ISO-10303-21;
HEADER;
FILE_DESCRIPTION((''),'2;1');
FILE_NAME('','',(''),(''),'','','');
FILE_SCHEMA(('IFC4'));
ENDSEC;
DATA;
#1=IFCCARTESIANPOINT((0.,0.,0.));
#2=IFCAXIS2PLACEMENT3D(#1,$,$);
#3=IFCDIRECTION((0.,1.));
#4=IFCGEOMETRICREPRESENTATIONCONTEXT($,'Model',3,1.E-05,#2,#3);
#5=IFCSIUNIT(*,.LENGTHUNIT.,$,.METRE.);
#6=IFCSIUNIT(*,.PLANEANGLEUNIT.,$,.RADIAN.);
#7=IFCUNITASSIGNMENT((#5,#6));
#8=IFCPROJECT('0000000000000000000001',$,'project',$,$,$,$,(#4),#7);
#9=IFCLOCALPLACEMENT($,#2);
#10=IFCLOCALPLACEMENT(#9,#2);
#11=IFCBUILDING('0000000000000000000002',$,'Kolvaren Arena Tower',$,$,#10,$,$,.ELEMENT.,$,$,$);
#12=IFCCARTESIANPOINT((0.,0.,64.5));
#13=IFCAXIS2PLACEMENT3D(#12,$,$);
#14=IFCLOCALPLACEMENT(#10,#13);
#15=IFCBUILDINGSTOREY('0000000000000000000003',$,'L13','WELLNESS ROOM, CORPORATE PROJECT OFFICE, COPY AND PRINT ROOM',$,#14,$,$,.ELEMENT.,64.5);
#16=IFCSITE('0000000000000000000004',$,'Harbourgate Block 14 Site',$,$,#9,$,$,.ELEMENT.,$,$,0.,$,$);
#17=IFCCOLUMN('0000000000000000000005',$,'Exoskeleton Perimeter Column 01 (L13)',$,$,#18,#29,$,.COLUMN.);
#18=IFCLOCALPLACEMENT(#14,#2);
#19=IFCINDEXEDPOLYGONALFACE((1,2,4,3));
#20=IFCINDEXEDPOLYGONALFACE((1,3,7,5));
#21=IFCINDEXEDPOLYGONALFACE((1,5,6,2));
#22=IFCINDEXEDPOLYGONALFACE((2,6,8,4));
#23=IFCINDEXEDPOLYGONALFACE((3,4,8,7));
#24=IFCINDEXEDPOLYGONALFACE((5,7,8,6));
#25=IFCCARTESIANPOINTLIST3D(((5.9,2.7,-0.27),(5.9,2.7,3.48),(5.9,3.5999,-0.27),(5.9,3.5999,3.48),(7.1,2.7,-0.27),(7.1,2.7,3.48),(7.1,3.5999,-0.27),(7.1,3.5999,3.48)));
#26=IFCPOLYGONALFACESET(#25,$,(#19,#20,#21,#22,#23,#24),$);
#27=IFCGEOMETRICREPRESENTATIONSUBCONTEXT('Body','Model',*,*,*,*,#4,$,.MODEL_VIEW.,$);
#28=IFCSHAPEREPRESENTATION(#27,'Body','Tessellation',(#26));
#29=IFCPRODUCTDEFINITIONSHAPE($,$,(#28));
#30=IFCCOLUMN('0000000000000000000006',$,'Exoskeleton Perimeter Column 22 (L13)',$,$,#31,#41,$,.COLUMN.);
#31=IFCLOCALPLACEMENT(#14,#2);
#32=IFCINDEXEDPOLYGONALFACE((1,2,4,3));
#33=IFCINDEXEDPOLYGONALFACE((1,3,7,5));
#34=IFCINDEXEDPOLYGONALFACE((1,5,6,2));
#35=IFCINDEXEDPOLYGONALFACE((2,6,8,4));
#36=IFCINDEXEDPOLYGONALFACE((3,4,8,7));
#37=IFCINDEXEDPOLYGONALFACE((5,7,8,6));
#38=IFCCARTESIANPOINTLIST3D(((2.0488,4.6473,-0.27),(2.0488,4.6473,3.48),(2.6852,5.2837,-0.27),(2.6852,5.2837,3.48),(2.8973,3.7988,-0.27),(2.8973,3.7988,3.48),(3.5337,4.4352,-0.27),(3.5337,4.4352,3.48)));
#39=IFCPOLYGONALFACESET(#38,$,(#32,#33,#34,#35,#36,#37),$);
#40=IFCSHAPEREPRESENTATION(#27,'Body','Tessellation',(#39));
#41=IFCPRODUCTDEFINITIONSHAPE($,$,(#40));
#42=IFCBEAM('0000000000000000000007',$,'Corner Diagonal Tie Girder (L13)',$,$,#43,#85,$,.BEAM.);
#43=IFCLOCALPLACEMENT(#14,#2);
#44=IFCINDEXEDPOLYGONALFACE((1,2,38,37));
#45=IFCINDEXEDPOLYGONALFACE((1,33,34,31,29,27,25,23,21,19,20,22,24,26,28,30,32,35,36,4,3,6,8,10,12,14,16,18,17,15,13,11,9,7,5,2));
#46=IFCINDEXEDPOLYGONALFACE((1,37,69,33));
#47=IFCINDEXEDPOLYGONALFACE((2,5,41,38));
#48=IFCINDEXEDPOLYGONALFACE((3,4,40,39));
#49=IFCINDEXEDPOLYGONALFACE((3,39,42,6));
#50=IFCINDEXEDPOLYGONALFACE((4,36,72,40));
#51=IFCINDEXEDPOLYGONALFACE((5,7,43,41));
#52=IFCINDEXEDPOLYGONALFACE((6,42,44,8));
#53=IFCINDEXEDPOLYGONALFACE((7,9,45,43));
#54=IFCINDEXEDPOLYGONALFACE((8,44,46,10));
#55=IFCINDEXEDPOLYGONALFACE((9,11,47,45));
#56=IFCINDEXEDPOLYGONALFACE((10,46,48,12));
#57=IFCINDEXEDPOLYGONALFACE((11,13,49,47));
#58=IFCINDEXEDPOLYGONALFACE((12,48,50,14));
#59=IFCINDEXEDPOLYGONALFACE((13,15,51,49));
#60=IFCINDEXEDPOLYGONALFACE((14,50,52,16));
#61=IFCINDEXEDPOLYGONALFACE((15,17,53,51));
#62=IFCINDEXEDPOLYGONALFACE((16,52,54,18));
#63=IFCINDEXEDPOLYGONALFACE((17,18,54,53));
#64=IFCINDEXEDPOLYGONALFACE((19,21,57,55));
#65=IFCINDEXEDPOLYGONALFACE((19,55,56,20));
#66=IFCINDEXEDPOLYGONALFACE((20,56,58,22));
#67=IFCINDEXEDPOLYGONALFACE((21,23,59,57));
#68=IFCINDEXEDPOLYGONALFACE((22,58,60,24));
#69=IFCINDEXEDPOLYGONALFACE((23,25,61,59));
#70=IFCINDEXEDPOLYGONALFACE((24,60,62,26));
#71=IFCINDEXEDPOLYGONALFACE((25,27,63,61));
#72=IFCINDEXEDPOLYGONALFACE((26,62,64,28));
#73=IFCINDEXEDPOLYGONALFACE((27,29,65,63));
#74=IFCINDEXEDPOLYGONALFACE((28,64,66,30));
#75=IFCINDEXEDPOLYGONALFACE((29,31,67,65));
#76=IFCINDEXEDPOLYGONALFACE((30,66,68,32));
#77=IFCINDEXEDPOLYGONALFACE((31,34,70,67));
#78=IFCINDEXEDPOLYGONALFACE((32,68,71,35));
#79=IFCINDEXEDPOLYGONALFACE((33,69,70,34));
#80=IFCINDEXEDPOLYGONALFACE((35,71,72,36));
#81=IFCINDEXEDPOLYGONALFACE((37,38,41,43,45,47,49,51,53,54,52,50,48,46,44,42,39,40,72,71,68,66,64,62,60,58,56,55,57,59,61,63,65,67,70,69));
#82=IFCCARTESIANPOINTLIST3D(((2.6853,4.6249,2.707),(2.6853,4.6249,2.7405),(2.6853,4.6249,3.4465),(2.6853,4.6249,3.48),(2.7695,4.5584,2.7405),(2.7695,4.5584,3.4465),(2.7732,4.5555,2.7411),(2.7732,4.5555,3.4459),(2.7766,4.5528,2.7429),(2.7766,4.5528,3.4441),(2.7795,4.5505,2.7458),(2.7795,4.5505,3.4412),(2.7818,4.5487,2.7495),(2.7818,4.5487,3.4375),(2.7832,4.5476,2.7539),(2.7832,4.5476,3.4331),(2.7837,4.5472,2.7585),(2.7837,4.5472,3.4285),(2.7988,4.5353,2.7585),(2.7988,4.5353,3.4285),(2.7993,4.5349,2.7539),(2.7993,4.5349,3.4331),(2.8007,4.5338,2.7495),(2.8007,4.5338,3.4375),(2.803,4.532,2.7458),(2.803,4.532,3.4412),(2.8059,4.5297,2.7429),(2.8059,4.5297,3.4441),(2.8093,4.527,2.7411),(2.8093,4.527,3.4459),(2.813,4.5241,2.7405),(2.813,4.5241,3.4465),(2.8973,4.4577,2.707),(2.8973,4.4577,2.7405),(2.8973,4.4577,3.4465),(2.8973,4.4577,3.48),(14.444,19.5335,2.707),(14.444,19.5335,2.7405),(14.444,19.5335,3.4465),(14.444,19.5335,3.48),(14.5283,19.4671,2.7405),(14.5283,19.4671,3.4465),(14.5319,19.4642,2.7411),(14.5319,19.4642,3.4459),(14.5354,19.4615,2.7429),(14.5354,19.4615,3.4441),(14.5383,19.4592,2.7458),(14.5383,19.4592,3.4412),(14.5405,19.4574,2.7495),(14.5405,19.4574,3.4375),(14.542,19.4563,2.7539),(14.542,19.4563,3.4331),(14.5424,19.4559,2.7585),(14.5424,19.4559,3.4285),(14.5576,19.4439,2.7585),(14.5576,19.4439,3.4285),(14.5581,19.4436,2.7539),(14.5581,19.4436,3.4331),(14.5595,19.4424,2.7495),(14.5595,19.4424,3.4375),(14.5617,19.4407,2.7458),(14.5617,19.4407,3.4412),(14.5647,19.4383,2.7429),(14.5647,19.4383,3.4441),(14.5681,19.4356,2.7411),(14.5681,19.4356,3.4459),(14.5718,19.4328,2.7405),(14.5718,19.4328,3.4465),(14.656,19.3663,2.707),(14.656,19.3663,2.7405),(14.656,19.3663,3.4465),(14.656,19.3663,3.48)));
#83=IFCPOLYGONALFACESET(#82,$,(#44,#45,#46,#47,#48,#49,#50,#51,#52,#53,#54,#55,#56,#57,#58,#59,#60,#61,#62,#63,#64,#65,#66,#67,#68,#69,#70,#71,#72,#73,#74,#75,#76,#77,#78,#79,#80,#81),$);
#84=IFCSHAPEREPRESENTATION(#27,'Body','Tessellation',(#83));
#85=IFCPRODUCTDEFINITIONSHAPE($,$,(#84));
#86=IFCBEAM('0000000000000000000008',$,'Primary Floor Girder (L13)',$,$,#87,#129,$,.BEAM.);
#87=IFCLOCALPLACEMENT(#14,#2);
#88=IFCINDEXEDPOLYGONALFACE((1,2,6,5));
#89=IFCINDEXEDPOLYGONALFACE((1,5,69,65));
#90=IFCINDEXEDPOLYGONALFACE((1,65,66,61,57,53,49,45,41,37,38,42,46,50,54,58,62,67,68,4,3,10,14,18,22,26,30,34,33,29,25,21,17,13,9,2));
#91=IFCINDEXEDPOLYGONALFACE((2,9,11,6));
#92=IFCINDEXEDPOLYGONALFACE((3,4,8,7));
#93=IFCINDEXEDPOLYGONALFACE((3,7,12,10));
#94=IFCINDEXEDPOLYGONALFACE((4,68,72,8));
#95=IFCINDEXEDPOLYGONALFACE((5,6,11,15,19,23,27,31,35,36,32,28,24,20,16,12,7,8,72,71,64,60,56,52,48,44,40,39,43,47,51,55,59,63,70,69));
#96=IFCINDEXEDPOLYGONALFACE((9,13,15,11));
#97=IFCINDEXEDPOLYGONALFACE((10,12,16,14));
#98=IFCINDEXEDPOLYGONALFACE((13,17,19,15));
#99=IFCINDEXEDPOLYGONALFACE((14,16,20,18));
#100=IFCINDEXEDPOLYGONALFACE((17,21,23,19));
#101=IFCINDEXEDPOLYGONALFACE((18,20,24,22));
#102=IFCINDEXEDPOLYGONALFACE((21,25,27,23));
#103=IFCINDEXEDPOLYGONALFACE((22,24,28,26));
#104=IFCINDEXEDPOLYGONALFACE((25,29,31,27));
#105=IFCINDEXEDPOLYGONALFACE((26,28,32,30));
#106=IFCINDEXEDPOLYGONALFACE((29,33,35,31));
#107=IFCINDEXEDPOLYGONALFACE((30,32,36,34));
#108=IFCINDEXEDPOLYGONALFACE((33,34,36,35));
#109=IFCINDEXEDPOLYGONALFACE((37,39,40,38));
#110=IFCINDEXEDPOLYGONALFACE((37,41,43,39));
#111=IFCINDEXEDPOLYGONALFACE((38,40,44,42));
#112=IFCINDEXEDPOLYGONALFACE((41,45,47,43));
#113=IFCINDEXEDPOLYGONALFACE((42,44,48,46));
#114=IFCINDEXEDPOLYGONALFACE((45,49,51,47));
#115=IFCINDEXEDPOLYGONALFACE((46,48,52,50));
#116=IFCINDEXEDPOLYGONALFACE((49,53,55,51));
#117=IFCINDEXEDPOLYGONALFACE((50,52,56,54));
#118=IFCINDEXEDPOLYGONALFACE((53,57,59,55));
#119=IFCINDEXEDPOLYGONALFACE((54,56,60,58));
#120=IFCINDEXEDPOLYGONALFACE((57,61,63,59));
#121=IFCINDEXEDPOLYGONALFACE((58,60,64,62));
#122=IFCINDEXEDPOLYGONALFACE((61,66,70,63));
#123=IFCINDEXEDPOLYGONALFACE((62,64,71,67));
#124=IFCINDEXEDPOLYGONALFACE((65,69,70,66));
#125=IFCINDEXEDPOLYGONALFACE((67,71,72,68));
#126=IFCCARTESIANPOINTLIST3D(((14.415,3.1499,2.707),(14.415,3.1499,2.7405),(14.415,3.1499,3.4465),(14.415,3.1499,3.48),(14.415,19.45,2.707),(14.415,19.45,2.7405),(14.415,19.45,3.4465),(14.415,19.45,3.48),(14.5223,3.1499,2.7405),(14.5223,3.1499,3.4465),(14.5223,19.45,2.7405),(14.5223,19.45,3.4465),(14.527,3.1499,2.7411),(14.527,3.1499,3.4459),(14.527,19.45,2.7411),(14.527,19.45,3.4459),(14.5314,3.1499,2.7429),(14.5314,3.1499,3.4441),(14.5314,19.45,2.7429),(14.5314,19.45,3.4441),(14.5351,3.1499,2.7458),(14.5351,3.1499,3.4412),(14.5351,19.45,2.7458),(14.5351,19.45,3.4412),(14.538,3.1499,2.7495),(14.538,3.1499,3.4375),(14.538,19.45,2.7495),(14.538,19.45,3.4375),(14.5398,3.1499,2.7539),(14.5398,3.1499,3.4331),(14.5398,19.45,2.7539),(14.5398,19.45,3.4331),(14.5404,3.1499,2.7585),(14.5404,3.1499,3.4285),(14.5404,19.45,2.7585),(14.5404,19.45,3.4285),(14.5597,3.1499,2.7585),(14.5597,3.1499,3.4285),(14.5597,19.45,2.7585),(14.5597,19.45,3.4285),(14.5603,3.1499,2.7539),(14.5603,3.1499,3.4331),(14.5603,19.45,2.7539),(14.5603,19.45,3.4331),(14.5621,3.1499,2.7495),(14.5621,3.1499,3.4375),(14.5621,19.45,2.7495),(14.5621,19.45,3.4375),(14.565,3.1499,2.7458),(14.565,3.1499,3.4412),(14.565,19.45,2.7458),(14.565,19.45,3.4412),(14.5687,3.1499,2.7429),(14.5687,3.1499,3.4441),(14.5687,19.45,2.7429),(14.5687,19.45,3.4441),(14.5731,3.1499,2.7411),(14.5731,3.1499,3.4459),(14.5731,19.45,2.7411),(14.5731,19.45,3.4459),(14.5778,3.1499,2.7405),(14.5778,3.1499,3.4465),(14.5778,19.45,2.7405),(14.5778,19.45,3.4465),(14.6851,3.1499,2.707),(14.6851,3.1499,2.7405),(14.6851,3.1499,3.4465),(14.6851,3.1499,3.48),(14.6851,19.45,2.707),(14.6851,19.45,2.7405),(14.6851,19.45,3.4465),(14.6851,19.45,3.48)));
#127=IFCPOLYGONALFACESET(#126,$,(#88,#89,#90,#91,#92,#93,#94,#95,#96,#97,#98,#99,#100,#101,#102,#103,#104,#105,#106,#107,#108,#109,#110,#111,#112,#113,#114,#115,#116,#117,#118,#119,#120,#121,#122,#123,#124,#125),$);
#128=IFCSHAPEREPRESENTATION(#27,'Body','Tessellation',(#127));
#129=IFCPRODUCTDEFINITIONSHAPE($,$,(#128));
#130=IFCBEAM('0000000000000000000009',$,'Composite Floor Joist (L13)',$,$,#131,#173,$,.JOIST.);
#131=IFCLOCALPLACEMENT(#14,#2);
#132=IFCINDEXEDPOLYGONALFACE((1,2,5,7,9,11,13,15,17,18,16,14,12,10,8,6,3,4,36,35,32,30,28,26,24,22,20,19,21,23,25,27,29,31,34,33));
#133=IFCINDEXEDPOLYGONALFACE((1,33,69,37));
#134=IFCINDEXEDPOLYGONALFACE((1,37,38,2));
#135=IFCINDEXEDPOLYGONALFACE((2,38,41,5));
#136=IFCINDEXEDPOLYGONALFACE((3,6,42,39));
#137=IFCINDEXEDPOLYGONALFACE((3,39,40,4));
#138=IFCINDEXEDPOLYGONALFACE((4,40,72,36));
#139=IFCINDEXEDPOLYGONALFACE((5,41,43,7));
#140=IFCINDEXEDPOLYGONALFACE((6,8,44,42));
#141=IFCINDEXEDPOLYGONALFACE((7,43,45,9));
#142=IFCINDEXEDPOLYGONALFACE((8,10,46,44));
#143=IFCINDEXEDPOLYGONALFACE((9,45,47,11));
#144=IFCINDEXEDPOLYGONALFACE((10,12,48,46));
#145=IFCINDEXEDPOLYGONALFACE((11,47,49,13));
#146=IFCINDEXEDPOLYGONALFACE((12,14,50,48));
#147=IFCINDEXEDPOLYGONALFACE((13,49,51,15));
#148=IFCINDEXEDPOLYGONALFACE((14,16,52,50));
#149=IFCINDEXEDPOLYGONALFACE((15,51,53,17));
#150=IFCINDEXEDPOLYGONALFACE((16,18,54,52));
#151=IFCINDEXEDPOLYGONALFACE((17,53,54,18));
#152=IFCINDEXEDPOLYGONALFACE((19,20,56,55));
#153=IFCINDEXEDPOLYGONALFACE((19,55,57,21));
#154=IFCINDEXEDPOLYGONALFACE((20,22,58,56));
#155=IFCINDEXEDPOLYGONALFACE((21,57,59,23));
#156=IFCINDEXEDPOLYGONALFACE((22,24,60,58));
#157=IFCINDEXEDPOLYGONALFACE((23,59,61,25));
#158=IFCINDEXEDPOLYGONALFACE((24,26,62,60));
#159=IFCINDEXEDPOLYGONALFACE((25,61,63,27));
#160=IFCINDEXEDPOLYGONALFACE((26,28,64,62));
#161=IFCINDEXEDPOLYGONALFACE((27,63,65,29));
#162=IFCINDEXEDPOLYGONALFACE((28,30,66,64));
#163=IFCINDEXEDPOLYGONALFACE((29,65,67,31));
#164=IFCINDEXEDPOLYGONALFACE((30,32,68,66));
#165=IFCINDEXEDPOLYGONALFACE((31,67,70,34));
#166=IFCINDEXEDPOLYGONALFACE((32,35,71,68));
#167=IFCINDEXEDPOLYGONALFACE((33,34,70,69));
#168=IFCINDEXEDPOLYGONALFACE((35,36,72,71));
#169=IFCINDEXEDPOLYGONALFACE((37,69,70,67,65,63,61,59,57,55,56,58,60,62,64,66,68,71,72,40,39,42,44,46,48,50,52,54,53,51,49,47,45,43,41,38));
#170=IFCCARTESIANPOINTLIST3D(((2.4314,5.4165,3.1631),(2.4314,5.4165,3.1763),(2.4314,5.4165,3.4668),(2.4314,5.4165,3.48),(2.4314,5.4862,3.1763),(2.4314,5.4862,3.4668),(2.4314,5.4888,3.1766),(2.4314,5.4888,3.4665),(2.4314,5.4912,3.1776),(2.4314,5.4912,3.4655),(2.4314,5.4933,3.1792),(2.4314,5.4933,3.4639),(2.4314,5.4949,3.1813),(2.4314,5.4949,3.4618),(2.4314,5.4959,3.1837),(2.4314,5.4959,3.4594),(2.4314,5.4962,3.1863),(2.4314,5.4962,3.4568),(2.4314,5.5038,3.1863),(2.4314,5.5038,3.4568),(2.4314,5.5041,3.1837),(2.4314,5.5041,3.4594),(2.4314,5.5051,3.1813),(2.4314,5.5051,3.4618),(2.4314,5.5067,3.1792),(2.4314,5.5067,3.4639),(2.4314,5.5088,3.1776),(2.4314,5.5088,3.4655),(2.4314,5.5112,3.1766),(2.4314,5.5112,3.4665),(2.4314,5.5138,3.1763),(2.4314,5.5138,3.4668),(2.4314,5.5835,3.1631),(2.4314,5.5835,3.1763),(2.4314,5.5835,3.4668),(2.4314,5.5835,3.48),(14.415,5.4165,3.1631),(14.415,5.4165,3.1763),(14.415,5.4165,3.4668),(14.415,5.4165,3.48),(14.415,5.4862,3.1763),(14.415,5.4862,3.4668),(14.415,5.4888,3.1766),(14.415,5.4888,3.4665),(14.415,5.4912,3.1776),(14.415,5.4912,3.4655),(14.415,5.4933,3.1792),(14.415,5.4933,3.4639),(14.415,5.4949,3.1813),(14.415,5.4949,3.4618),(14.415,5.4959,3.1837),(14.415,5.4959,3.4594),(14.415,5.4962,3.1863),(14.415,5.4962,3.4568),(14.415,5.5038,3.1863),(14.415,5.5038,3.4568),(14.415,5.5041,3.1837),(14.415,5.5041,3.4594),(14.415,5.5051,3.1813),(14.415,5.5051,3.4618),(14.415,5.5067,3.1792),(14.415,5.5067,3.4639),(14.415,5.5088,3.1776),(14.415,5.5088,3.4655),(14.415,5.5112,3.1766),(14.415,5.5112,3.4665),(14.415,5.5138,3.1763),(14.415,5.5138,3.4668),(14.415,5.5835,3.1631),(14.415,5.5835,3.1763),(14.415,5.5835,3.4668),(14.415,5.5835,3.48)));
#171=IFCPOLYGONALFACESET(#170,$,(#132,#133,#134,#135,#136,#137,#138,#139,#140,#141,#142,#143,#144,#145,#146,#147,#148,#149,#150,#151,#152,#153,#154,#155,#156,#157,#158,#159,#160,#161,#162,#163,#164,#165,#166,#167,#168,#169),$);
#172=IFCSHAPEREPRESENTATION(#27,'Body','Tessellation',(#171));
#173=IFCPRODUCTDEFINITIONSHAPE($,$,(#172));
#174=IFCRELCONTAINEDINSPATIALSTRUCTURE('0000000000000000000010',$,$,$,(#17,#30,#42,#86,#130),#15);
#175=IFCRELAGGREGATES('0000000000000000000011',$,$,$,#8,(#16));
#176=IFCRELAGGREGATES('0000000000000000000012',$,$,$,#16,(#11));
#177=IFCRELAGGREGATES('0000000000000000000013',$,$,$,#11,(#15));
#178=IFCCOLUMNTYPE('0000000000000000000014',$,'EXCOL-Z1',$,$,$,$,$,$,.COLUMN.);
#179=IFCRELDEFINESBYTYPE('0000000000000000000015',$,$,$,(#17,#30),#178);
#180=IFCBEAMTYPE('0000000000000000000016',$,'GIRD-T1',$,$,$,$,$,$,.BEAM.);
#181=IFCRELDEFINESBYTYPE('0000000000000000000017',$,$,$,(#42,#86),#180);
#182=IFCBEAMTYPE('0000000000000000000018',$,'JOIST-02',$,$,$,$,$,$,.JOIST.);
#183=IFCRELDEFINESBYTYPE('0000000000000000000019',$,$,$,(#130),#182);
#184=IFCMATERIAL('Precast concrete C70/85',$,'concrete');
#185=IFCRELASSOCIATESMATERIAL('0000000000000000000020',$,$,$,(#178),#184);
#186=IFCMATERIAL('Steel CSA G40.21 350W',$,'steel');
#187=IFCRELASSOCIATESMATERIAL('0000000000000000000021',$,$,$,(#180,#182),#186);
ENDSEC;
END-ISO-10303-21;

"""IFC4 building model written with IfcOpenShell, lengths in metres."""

from ifc_helpers import new_model, si_unit, direction, frame, origin, origin_2d, place, context, subcontext, project, spatial, rectangle, i_section, extrude, material, material_profile, profile_set, type_object, element, save


model = new_model("IFC4")

# Units and contexts
model_context = context("Model", 3, precision=1e-05, world=origin(), true_north=direction((0.0, 1.0)))
body_context = subcontext(model_context, "Body", "Model", "MODEL_VIEW")
ifc_project = project(units=[si_unit("LENGTHUNIT", "METRE"), si_unit("PLANEANGLEUNIT", "RADIAN")], contexts=[model_context])

# Site, building, storey
site_placement = place(None, origin())
site = spatial("IfcSite", under=ifc_project, at=site_placement, Name="Harbourgate Block 14 Site", CompositionType="ELEMENT", RefElevation=0.0)
building_placement = place(site_placement, origin())
building = spatial("IfcBuilding", under=site, at=building_placement, Name="Kolvaren Arena Tower", CompositionType="ELEMENT")
storey_placement = place(building_placement, frame((0.0, 0.0, 64.5)))
storey = spatial("IfcBuildingStorey", under=building, at=storey_placement, Name="L13", Description="WELLNESS ROOM, CORPORATE PROJECT OFFICE, COPY AND PRINT ROOM", CompositionType="ELEMENT", Elevation=64.5)

# Columns
ifc_material_1 = material(Name="Precast concrete C70/85", Category="concrete")
ifc_material_profile_1 = material_profile(ifc_material_1, rectangle(XDim=1.2, YDim=0.8999, at=origin_2d()), Name="RC-1200x900")
ifc_profile_set_1 = profile_set([ifc_material_profile_1], Name="Precast concrete C70/85")
column_type = type_object("IfcColumnType", Name="EXCOL-Z1", PredefinedType="COLUMN", material=ifc_profile_set_1)
for number, where, z_axis, x_axis, name in (
    (1, (6.5, 3.1499, -0.27), (0.0, 0.0, 1.0), (1.0, 0.0, 0.0), "Exoskeleton Perimeter Column 01 (L13)"),
    (2, (2.7913, 4.5413, -0.27), (0.0, 0.0, 1.0), (-0.707107, 0.707107, 0.0), "Exoskeleton Perimeter Column 22 (L13)"),
):
    element("IfcColumn", number, at=place(storey_placement, frame(where, z_axis=z_axis, x_axis=x_axis)), inside=storey, type_object=column_type, Name=name, PredefinedType="COLUMN", context=body_context, shape_type="SweptSolid", body=[
        extrude(rectangle(XDim=1.2, YDim=0.8999, at=origin_2d()), origin(), (0.0, 0.0, 1.0), 3.75),
    ])

# Beams
ifc_material_2 = material(Name="Steel CSA G40.21 350W", Category="steel")
ifc_material_profile_2 = material_profile(ifc_material_2, i_section(OverallWidth=0.27, OverallDepth=0.7729, WebThickness=0.0193, FlangeThickness=0.0334, FilletRadius=0.0181, at=origin_2d()), Name="W760x257")
ifc_profile_set_2 = profile_set([ifc_material_profile_2], Name="Steel CSA G40.21 350W")
beam_type_1 = type_object("IfcBeamType", Name="GIRD-T1", PredefinedType="BEAM", material=ifc_profile_set_2)
beam_1_placement = place(storey_placement, frame((2.7913, 4.5413, 3.0935), z_axis=(0.61928, 0.78517, 0.0), x_axis=(-0.78517, 0.61928, 0.0)))
element("IfcBeam", 3, at=beam_1_placement, inside=storey, type_object=beam_type_1, Name="Corner Diagonal Tie Girder (L13)", PredefinedType="BEAM", context=body_context, shape_type="SweptSolid", body=[
    extrude(i_section(OverallWidth=0.27, OverallDepth=0.7729, WebThickness=0.0193, FlangeThickness=0.0334, FilletRadius=0.0181, at=origin_2d()), origin(), (0.0, 0.0, 1.0), 18.9878),
])
beam_2_placement = place(storey_placement, frame((14.55, 3.1499, 3.0935), z_axis=(0.0, 1.0, 0.0), x_axis=(-1.0, 0.0, 0.0)))
element("IfcBeam", 4, at=beam_2_placement, inside=storey, type_object=beam_type_1, Name="Primary Floor Girder (L13)", PredefinedType="BEAM", context=body_context, shape_type="SweptSolid", body=[
    extrude(i_section(OverallWidth=0.27, OverallDepth=0.7729, WebThickness=0.0193, FlangeThickness=0.0334, FilletRadius=0.0181, at=origin_2d()), origin(), (0.0, 0.0, 1.0), 16.3),
])
ifc_material_profile_3 = material_profile(ifc_material_2, i_section(OverallWidth=0.167, OverallDepth=0.3169, WebThickness=0.0076, FlangeThickness=0.0132, FilletRadius=0.01, at=origin_2d()), Name="W310x52")
ifc_profile_set_3 = profile_set([ifc_material_profile_3], Name="Steel CSA G40.21 350W")
beam_type_2 = type_object("IfcBeamType", Name="JOIST-02", PredefinedType="JOIST", material=ifc_profile_set_3)
beam_3_placement = place(storey_placement, frame((2.4314, 5.5, 3.3215), z_axis=(1.0, 0.0, 0.0), x_axis=(0.0, 1.0, 0.0)))
element("IfcBeam", 5, at=beam_3_placement, inside=storey, type_object=beam_type_2, Name="Composite Floor Joist (L13)", PredefinedType="JOIST", context=body_context, shape_type="SweptSolid", body=[
    extrude(i_section(OverallWidth=0.167, OverallDepth=0.3169, WebThickness=0.0076, FlangeThickness=0.0132, FilletRadius=0.01, at=origin_2d()), origin(), (0.0, 0.0, 1.0), 11.9836),
])

save(model, "model.ifc")
